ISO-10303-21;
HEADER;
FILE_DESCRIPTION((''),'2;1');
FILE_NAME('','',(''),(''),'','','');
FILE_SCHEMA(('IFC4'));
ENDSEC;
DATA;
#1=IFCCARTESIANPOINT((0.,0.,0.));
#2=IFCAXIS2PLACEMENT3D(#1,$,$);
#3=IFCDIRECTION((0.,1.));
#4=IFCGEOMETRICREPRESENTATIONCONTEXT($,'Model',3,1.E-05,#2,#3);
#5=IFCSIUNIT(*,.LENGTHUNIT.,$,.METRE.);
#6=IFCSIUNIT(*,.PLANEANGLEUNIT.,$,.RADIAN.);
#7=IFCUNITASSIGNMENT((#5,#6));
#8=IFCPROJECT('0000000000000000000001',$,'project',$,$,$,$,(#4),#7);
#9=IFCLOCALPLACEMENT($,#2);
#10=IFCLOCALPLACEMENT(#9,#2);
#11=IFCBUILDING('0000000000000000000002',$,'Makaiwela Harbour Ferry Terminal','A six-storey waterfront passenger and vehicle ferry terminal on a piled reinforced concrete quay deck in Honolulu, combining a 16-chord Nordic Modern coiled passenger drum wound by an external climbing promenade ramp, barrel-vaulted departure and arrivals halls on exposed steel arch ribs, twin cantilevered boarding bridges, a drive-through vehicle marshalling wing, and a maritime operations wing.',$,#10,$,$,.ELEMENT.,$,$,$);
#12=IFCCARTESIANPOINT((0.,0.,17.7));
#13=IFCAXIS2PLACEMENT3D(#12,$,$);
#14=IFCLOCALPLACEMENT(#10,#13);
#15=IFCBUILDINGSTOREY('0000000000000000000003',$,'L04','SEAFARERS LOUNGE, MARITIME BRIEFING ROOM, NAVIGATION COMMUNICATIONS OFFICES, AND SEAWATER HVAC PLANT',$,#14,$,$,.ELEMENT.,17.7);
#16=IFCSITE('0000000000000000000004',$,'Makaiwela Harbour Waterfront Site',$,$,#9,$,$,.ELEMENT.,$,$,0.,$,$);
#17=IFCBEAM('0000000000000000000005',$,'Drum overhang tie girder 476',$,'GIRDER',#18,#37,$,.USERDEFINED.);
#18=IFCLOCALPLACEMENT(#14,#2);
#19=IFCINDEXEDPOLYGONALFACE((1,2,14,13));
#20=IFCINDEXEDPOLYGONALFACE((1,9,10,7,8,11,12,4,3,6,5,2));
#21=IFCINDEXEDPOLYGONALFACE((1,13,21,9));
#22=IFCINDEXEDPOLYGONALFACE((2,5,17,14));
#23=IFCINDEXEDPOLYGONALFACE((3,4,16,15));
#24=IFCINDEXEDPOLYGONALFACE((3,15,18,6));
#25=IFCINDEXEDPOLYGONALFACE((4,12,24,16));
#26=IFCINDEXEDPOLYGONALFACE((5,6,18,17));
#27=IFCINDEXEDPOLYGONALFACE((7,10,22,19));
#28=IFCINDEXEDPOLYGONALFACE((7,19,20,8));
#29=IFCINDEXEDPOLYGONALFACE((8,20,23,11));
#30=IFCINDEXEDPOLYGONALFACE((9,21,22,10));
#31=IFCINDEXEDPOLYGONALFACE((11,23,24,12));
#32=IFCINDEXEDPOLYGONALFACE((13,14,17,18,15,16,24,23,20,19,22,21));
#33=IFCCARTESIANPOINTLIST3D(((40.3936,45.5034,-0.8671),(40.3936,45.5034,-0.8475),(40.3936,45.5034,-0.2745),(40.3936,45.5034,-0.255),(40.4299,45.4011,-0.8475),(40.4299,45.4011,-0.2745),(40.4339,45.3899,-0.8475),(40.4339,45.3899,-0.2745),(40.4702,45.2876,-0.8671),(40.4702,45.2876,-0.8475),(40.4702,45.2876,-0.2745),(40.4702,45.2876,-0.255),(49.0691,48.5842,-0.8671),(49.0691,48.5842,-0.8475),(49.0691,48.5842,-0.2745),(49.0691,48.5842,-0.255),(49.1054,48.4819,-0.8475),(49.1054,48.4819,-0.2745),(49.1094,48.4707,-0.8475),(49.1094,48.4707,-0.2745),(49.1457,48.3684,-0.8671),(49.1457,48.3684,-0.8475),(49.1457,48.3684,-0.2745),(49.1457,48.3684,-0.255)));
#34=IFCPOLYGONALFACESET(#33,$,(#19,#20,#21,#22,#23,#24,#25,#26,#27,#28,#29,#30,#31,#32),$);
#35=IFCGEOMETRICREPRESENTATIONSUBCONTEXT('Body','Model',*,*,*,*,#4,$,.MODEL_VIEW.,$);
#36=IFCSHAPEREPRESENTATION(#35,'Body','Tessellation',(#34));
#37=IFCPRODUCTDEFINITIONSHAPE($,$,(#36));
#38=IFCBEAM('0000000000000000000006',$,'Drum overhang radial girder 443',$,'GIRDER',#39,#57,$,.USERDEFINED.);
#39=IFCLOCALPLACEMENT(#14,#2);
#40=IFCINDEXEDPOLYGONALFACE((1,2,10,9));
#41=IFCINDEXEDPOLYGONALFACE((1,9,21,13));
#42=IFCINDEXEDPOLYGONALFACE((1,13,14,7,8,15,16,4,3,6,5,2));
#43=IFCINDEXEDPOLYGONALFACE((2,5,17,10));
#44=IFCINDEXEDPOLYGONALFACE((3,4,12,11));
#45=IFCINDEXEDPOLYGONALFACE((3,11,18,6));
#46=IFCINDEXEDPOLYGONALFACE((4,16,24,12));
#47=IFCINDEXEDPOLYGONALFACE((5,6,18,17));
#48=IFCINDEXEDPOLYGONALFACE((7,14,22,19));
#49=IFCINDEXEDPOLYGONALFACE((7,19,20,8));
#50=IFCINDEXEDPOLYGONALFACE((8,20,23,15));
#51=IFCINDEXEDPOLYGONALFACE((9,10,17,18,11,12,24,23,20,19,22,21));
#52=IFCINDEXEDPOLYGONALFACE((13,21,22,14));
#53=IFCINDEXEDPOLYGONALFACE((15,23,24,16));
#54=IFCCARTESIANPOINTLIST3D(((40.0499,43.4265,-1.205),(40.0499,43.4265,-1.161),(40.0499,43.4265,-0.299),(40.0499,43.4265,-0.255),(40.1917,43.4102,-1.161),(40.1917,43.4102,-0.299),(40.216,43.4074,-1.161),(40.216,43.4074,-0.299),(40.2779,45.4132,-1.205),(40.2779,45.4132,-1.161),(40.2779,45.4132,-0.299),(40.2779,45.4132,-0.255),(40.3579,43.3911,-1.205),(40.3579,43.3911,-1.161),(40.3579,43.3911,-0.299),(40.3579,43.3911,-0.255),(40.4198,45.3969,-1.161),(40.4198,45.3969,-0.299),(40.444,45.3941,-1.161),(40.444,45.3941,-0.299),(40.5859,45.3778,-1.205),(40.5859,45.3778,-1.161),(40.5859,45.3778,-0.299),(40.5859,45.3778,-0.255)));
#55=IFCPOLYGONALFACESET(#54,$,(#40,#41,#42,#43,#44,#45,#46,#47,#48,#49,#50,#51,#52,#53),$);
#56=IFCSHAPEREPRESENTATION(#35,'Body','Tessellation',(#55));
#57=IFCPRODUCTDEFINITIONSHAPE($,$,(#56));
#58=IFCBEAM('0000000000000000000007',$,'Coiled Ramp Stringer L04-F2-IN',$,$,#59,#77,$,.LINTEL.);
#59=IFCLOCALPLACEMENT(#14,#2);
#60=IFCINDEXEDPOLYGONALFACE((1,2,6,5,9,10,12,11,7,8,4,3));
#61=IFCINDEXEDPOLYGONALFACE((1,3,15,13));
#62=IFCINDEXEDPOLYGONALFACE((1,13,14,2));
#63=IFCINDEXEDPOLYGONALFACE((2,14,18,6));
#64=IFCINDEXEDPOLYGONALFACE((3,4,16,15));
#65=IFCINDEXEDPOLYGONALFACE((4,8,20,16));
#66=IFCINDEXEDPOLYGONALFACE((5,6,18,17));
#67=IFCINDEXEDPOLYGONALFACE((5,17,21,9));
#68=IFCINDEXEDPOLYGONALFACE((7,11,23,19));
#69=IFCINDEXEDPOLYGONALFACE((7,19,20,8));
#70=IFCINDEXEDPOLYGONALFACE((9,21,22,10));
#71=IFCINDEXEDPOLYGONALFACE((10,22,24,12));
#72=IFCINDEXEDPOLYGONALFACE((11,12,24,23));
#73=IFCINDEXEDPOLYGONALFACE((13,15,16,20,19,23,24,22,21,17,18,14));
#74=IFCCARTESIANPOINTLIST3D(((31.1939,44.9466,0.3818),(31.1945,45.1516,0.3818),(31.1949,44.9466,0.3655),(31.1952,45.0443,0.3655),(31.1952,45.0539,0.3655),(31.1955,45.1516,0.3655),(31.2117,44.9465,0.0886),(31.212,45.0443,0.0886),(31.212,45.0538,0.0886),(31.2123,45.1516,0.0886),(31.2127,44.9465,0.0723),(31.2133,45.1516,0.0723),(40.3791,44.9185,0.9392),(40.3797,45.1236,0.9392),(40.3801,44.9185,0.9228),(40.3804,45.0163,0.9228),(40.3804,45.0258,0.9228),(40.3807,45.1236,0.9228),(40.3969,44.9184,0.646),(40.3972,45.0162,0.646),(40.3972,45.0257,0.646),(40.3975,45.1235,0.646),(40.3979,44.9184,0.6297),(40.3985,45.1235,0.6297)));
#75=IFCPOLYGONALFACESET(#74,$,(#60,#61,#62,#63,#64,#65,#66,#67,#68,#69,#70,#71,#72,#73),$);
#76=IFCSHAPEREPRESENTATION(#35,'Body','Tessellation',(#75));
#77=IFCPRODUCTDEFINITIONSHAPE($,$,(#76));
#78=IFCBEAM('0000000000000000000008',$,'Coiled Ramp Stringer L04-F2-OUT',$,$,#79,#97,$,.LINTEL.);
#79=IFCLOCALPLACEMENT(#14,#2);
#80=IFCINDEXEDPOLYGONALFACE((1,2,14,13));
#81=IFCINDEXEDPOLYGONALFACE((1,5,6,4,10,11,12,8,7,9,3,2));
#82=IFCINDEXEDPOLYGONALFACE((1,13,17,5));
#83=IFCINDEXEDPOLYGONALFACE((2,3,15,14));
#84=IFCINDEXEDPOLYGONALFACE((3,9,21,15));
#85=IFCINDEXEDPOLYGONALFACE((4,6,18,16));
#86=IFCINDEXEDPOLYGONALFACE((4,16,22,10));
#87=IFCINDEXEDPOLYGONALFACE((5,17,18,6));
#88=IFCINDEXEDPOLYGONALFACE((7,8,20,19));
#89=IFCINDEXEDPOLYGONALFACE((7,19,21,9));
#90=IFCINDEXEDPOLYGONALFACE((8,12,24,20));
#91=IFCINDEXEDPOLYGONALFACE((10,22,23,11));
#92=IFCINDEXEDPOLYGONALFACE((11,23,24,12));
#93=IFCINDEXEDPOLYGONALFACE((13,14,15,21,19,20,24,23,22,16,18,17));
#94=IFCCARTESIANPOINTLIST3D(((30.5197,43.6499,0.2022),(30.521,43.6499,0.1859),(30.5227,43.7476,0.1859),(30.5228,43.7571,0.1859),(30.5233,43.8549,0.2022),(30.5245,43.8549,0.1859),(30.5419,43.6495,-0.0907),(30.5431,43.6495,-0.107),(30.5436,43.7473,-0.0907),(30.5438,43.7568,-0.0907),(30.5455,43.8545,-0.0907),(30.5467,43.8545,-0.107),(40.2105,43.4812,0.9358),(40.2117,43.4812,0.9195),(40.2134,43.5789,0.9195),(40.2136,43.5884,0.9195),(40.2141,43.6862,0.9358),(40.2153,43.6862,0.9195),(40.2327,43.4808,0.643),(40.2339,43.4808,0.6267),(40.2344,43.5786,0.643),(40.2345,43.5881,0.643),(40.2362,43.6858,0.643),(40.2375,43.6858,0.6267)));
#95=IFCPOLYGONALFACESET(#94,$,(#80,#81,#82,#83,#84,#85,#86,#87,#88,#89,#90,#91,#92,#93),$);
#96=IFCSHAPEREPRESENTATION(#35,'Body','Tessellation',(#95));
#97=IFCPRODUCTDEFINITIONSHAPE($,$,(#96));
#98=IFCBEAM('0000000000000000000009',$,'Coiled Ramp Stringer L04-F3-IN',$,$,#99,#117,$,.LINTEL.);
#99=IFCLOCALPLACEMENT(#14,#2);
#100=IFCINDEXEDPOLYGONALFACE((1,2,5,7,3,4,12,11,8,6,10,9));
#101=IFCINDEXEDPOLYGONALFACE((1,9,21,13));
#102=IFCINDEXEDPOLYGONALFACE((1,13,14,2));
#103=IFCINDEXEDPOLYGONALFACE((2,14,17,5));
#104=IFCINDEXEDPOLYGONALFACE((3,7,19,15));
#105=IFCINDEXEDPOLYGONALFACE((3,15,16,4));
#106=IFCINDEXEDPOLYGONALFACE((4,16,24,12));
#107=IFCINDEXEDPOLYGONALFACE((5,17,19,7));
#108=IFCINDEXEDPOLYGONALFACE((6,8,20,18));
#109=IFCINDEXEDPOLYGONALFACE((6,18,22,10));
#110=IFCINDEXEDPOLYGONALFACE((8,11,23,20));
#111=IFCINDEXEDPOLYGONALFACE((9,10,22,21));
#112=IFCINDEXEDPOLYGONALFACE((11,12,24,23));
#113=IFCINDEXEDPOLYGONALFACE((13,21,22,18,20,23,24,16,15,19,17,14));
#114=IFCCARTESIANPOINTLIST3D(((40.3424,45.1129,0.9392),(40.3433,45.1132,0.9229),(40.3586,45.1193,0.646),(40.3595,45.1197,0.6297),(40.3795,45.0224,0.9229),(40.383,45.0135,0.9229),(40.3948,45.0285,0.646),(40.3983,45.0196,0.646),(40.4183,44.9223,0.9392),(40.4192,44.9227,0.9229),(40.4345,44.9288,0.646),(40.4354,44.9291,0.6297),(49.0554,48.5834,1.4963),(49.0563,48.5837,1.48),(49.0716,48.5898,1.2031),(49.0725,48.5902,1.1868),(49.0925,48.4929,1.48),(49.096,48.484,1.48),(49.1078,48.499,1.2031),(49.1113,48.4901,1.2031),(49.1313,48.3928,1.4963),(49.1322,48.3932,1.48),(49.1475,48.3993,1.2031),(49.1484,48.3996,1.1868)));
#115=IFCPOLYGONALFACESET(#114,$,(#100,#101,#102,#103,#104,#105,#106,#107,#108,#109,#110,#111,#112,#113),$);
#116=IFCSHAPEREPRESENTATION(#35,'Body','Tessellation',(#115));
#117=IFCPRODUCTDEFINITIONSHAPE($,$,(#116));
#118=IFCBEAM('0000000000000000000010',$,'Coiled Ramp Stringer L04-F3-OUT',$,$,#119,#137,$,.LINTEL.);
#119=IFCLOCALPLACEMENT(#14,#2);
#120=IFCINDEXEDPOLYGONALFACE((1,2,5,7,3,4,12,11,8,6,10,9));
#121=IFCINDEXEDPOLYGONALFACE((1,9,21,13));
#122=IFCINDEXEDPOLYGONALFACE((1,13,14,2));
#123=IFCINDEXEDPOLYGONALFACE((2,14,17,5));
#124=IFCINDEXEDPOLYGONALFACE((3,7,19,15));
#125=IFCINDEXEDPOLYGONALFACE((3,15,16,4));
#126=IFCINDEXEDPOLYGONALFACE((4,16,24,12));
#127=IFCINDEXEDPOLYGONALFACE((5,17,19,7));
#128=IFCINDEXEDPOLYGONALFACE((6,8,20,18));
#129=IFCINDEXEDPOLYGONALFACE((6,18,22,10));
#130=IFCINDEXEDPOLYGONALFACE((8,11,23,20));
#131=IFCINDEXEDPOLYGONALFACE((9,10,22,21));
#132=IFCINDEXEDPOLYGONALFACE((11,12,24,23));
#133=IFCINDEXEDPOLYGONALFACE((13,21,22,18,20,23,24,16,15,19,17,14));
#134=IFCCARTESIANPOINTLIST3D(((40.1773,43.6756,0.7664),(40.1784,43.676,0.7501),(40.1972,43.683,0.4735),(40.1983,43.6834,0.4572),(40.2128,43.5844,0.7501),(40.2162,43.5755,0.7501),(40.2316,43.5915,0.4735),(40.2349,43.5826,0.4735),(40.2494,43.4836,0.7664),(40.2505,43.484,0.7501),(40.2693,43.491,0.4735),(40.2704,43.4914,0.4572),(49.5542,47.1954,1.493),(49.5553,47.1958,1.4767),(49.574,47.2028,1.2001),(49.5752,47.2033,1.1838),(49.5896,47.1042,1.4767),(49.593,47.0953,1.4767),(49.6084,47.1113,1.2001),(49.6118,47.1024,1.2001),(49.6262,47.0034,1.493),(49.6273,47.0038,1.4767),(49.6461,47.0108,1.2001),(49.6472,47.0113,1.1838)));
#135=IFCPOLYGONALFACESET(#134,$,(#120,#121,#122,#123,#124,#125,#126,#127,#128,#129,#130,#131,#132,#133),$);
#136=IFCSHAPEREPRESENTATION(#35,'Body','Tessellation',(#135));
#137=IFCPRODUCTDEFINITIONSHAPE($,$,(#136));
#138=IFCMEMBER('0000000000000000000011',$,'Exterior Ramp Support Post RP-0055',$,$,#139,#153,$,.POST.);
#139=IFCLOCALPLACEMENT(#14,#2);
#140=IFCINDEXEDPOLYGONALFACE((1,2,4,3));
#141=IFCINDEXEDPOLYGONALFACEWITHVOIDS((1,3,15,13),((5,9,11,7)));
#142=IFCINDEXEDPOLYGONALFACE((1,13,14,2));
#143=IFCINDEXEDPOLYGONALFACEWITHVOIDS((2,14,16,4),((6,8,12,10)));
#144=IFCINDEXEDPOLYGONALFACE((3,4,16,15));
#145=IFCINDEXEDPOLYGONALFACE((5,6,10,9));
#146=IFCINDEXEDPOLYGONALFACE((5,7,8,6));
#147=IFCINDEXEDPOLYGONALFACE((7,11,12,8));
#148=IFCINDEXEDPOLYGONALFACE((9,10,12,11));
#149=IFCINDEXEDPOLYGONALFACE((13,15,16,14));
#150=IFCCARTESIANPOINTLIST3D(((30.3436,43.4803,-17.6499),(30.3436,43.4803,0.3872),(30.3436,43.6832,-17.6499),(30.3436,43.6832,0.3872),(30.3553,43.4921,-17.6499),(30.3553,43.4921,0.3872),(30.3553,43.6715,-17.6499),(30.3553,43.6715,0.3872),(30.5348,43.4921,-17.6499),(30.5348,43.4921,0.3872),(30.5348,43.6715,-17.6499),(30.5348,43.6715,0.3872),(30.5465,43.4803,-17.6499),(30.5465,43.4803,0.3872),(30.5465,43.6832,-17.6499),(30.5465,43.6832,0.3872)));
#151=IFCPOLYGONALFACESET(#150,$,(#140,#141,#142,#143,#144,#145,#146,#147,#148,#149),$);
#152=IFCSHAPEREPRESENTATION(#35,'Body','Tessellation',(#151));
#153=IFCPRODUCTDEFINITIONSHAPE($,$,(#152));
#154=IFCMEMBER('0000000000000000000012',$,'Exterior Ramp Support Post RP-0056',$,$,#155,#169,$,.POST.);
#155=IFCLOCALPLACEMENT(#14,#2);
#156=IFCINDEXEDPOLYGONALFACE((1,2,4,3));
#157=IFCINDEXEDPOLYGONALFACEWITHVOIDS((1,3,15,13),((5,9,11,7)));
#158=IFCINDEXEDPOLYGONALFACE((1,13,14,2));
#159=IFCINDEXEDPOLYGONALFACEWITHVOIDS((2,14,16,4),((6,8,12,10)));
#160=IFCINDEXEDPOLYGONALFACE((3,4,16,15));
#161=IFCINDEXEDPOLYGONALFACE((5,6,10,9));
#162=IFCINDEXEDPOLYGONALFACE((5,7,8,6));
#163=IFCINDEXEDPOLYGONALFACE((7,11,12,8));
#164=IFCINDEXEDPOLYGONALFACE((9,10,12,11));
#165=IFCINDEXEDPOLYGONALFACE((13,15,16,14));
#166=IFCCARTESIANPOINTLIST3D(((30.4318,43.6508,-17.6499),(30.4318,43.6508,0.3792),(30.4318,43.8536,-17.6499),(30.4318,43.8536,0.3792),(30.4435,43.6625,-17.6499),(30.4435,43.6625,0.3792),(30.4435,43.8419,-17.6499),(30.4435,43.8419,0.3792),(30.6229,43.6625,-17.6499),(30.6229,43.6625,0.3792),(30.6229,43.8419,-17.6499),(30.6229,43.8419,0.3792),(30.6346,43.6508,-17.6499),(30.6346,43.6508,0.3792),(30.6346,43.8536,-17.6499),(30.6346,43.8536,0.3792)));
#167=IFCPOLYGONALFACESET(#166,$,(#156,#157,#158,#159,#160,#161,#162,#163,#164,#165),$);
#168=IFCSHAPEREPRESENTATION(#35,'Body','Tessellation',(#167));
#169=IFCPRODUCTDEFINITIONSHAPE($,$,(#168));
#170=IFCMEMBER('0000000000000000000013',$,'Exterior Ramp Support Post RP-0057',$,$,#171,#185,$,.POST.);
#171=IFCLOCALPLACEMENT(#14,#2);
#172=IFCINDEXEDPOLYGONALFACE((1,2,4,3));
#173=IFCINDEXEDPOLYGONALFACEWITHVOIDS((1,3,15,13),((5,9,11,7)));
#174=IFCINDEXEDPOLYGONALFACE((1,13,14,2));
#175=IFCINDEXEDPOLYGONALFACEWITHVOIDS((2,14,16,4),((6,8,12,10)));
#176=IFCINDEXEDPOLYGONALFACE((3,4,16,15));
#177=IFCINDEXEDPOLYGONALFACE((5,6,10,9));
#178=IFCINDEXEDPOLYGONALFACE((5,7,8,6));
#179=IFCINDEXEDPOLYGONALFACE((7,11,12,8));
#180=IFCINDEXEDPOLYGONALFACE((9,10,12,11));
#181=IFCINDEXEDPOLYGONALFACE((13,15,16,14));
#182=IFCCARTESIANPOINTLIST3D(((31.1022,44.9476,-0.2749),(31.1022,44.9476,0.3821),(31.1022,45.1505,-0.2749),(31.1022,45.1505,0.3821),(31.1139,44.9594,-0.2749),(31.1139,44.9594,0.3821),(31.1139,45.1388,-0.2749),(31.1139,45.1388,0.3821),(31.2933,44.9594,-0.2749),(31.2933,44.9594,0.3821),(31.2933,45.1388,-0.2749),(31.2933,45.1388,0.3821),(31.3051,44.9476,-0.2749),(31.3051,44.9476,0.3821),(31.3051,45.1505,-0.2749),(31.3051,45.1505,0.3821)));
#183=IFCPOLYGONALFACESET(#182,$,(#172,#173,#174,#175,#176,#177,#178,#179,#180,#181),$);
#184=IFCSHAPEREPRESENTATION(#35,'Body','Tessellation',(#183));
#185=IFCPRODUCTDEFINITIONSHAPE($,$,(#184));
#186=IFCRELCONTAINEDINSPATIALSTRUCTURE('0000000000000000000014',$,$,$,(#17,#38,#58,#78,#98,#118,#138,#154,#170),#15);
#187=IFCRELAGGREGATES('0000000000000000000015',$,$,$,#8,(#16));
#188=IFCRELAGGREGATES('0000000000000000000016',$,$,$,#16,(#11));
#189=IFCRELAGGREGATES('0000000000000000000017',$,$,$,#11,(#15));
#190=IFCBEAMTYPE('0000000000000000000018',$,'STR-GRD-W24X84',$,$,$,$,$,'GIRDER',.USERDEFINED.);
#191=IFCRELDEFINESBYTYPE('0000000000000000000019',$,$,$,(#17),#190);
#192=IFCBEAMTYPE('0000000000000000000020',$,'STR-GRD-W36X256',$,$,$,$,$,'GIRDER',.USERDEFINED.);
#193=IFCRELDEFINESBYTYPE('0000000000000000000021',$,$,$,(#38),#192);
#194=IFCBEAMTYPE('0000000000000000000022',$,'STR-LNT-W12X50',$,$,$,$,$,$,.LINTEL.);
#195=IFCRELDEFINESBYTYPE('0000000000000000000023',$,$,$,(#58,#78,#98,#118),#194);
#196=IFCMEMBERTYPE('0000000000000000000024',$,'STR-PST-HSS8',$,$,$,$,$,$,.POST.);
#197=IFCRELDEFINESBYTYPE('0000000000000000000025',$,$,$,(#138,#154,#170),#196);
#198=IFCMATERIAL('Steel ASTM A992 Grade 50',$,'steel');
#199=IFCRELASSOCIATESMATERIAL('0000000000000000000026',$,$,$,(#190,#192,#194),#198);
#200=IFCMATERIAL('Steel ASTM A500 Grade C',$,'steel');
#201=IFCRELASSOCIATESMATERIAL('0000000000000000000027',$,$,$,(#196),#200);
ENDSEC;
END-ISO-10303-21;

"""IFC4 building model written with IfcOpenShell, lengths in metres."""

from ifc_helpers import new_model, si_unit, direction, frame, origin, origin_2d, place, context, subcontext, project, spatial, hollow_rectangle, i_section, extrude, material, material_profile, profile_set, type_object, element, save


model = new_model("IFC4")

# Units and contexts
model_context = context("Model", 3, precision=1e-05, world=origin(), true_north=direction((0.0, 1.0)))
body_context = subcontext(model_context, "Body", "Model", "MODEL_VIEW")
ifc_project = project(units=[si_unit("LENGTHUNIT", "METRE"), si_unit("PLANEANGLEUNIT", "RADIAN")], contexts=[model_context])

# Site, building, storey
site_placement = place(None, origin())
site = spatial("IfcSite", under=ifc_project, at=site_placement, Name="Makaiwela Harbour Waterfront Site", CompositionType="ELEMENT", RefElevation=0.0)
building_placement = place(site_placement, origin())
building = spatial("IfcBuilding", under=site, at=building_placement, Name="Makaiwela Harbour Ferry Terminal", Description="A six-storey waterfront passenger and vehicle ferry terminal on a piled reinforced concrete quay deck in Honolulu, combining a 16-chord Nordic Modern coiled passenger drum wound by an external climbing promenade ramp, barrel-vaulted departure and arrivals halls on exposed steel arch ribs, twin cantilevered boarding bridges, a drive-through vehicle marshalling wing, and a maritime operations wing.", CompositionType="ELEMENT")
storey_placement = place(building_placement, frame((0.0, 0.0, 17.7)))
storey = spatial("IfcBuildingStorey", under=building, at=storey_placement, Name="L04", Description="SEAFARERS LOUNGE, MARITIME BRIEFING ROOM, NAVIGATION COMMUNICATIONS OFFICES, AND SEAWATER HVAC PLANT", CompositionType="ELEMENT", Elevation=17.7)

# Beams
ifc_material_1 = material(Name="Steel ASTM A992 Grade 50", Category="steel")
ifc_material_profile_1 = material_profile(ifc_material_1, i_section(OverallWidth=0.229, OverallDepth=0.6121, WebThickness=0.012, FlangeThickness=0.0195, at=origin_2d()), Name="W24X84")
ifc_profile_set_1 = profile_set([ifc_material_profile_1], Name="Steel ASTM A992 Grade 50")
beam_type_1 = type_object("IfcBeamType", Name="STR-GRD-W24X84", ElementType="GIRDER", PredefinedType="USERDEFINED", material=ifc_profile_set_1)
beam_1_placement = place(storey_placement, frame((40.4319, 45.3955, -0.561), z_axis=(0.942346, 0.334641, 0.0), x_axis=(-0.334641, 0.942346, 0.0)))
element("IfcBeam", 1, at=beam_1_placement, inside=storey, type_object=beam_type_1, Name="Drum overhang tie girder 476", ObjectType="GIRDER", PredefinedType="USERDEFINED", context=body_context, shape_type="SweptSolid", body=[
    extrude(i_section(OverallWidth=0.229, OverallDepth=0.6121, WebThickness=0.012, FlangeThickness=0.0195, at=origin_2d()), origin(), (0.0, 0.0, 1.0), 9.2063),
])
ifc_material_profile_2 = material_profile(ifc_material_1, i_section(OverallWidth=0.3101, OverallDepth=0.95, WebThickness=0.0244, FlangeThickness=0.0439, at=origin_2d()), Name="W36X256")
ifc_profile_set_2 = profile_set([ifc_material_profile_2], Name="Steel ASTM A992 Grade 50")
beam_type_2 = type_object("IfcBeamType", Name="STR-GRD-W36X256", ElementType="GIRDER", PredefinedType="USERDEFINED", material=ifc_profile_set_2)
beam_2_placement = place(storey_placement, frame((40.4319, 45.3955, -0.73), z_axis=(-0.114022, -0.993478, 0.0), x_axis=(0.993478, -0.114022, 0.0)))
element("IfcBeam", 2, at=beam_2_placement, inside=storey, type_object=beam_type_2, Name="Drum overhang radial girder 443", ObjectType="GIRDER", PredefinedType="USERDEFINED", context=body_context, shape_type="SweptSolid", body=[
    extrude(i_section(OverallWidth=0.3101, OverallDepth=0.95, WebThickness=0.0244, FlangeThickness=0.0439, at=origin_2d()), origin(), (0.0, 0.0, 1.0), 1.9998),
])
ifc_material_profile_3 = material_profile(ifc_material_1, i_section(OverallWidth=0.2051, OverallDepth=0.3101, WebThickness=0.0095, FlangeThickness=0.0164, at=origin_2d()), Name="W12X50")
ifc_profile_set_3 = profile_set([ifc_material_profile_3], Name="Steel ASTM A992 Grade 50")
beam_type_3 = type_object("IfcBeamType", Name="STR-LNT-W12X50", PredefinedType="LINTEL", material=ifc_profile_set_3)
beam_3_placement = place(storey_placement, frame((31.2036, 45.0491, 0.2271), z_axis=(0.998159, -0.003051, 0.060569), x_axis=(0.003057, 0.999995, 0.0)))
element("IfcBeam", 3, at=beam_3_placement, inside=storey, type_object=beam_type_3, Name="Coiled Ramp Stringer L04-F2-IN", PredefinedType="LINTEL", context=body_context, shape_type="SweptSolid", body=[
    extrude(i_section(OverallWidth=0.2051, OverallDepth=0.3101, WebThickness=0.0095, FlangeThickness=0.0164, at=origin_2d()), origin(), (0.0, 0.0, 1.0), 9.2021),
])
beam_4_placement = place(storey_placement, frame((30.5332, 43.7522, 0.0476), z_axis=(0.996996, -0.017356, 0.075479), x_axis=(0.017406, 0.999849, 0.0)))
element("IfcBeam", 4, at=beam_4_placement, inside=storey, type_object=beam_type_3, Name="Coiled Ramp Stringer L04-F2-OUT", PredefinedType="LINTEL", context=body_context, shape_type="SweptSolid", body=[
    extrude(i_section(OverallWidth=0.2051, OverallDepth=0.3101, WebThickness=0.0095, FlangeThickness=0.0164, at=origin_2d()), origin(), (0.0, 0.0, 1.0), 9.72),
])
beam_5_placement = place(storey_placement, frame((40.3889, 45.021, 0.7844), z_axis=(0.927381, 0.369388, 0.0593), x_axis=(-0.370039, 0.929016, 0.0)))
element("IfcBeam", 5, at=beam_5_placement, inside=storey, type_object=beam_type_3, Name="Coiled Ramp Stringer L04-F3-IN", PredefinedType="LINTEL", context=body_context, shape_type="SweptSolid", body=[
    extrude(i_section(OverallWidth=0.2051, OverallDepth=0.3101, WebThickness=0.0095, FlangeThickness=0.0164, at=origin_2d()), origin(), (0.0, 0.0, 1.0), 9.3953),
])
beam_6_placement = place(storey_placement, frame((40.2239, 43.5835, 0.6118), z_axis=(0.93376, 0.35051, 0.072353), x_axis=(-0.351431, 0.936214, 0.0)))
element("IfcBeam", 6, at=beam_6_placement, inside=storey, type_object=beam_type_3, Name="Coiled Ramp Stringer L04-F3-OUT", PredefinedType="LINTEL", context=body_context, shape_type="SweptSolid", body=[
    extrude(i_section(OverallWidth=0.2051, OverallDepth=0.3101, WebThickness=0.0095, FlangeThickness=0.0164, at=origin_2d()), origin(), (0.0, 0.0, 1.0), 10.042),
])

# Members
ifc_material_2 = material(Name="Steel ASTM A500 Grade C", Category="steel")
ifc_material_profile_4 = material_profile(ifc_material_2, hollow_rectangle(XDim=0.2029, YDim=0.2029, WallThickness=0.0117, at=origin_2d()), Name="HSS8X8X1/2")
ifc_profile_set_4 = profile_set([ifc_material_profile_4], Name="Steel ASTM A500 Grade C")
member_type = type_object("IfcMemberType", Name="STR-PST-HSS8", PredefinedType="POST", material=ifc_profile_set_4)
member_1_placement = place(storey_placement, frame((30.4451, 43.5818, -17.6499), z_axis=(0.0, 0.0, 1.0), x_axis=(1.0, 0.0, 0.0)))
element("IfcMember", 7, at=member_1_placement, inside=storey, type_object=member_type, Name="Exterior Ramp Support Post RP-0055", PredefinedType="POST", context=body_context, shape_type="SweptSolid", body=[
    extrude(hollow_rectangle(XDim=0.2029, YDim=0.2029, WallThickness=0.0117, at=origin_2d()), origin(), (0.0, 0.0, 1.0), 18.0371),
])
member_2_placement = place(storey_placement, frame((30.5332, 43.7522, -17.6499), z_axis=(0.0, 0.0, 1.0), x_axis=(1.0, 0.0, 0.0)))
element("IfcMember", 8, at=member_2_placement, inside=storey, type_object=member_type, Name="Exterior Ramp Support Post RP-0056", PredefinedType="POST", context=body_context, shape_type="SweptSolid", body=[
    extrude(hollow_rectangle(XDim=0.2029, YDim=0.2029, WallThickness=0.0117, at=origin_2d()), origin(), (0.0, 0.0, 1.0), 18.0291),
])
member_3_placement = place(storey_placement, frame((31.2036, 45.0491, -0.2749), z_axis=(0.0, 0.0, 1.0), x_axis=(1.0, 0.0, 0.0)))
element("IfcMember", 9, at=member_3_placement, inside=storey, type_object=member_type, Name="Exterior Ramp Support Post RP-0057", PredefinedType="POST", context=body_context, shape_type="SweptSolid", body=[
    extrude(hollow_rectangle(XDim=0.2029, YDim=0.2029, WallThickness=0.0117, at=origin_2d()), origin(), (0.0, 0.0, 1.0), 0.657),
])

save(model, "model.ifc")
